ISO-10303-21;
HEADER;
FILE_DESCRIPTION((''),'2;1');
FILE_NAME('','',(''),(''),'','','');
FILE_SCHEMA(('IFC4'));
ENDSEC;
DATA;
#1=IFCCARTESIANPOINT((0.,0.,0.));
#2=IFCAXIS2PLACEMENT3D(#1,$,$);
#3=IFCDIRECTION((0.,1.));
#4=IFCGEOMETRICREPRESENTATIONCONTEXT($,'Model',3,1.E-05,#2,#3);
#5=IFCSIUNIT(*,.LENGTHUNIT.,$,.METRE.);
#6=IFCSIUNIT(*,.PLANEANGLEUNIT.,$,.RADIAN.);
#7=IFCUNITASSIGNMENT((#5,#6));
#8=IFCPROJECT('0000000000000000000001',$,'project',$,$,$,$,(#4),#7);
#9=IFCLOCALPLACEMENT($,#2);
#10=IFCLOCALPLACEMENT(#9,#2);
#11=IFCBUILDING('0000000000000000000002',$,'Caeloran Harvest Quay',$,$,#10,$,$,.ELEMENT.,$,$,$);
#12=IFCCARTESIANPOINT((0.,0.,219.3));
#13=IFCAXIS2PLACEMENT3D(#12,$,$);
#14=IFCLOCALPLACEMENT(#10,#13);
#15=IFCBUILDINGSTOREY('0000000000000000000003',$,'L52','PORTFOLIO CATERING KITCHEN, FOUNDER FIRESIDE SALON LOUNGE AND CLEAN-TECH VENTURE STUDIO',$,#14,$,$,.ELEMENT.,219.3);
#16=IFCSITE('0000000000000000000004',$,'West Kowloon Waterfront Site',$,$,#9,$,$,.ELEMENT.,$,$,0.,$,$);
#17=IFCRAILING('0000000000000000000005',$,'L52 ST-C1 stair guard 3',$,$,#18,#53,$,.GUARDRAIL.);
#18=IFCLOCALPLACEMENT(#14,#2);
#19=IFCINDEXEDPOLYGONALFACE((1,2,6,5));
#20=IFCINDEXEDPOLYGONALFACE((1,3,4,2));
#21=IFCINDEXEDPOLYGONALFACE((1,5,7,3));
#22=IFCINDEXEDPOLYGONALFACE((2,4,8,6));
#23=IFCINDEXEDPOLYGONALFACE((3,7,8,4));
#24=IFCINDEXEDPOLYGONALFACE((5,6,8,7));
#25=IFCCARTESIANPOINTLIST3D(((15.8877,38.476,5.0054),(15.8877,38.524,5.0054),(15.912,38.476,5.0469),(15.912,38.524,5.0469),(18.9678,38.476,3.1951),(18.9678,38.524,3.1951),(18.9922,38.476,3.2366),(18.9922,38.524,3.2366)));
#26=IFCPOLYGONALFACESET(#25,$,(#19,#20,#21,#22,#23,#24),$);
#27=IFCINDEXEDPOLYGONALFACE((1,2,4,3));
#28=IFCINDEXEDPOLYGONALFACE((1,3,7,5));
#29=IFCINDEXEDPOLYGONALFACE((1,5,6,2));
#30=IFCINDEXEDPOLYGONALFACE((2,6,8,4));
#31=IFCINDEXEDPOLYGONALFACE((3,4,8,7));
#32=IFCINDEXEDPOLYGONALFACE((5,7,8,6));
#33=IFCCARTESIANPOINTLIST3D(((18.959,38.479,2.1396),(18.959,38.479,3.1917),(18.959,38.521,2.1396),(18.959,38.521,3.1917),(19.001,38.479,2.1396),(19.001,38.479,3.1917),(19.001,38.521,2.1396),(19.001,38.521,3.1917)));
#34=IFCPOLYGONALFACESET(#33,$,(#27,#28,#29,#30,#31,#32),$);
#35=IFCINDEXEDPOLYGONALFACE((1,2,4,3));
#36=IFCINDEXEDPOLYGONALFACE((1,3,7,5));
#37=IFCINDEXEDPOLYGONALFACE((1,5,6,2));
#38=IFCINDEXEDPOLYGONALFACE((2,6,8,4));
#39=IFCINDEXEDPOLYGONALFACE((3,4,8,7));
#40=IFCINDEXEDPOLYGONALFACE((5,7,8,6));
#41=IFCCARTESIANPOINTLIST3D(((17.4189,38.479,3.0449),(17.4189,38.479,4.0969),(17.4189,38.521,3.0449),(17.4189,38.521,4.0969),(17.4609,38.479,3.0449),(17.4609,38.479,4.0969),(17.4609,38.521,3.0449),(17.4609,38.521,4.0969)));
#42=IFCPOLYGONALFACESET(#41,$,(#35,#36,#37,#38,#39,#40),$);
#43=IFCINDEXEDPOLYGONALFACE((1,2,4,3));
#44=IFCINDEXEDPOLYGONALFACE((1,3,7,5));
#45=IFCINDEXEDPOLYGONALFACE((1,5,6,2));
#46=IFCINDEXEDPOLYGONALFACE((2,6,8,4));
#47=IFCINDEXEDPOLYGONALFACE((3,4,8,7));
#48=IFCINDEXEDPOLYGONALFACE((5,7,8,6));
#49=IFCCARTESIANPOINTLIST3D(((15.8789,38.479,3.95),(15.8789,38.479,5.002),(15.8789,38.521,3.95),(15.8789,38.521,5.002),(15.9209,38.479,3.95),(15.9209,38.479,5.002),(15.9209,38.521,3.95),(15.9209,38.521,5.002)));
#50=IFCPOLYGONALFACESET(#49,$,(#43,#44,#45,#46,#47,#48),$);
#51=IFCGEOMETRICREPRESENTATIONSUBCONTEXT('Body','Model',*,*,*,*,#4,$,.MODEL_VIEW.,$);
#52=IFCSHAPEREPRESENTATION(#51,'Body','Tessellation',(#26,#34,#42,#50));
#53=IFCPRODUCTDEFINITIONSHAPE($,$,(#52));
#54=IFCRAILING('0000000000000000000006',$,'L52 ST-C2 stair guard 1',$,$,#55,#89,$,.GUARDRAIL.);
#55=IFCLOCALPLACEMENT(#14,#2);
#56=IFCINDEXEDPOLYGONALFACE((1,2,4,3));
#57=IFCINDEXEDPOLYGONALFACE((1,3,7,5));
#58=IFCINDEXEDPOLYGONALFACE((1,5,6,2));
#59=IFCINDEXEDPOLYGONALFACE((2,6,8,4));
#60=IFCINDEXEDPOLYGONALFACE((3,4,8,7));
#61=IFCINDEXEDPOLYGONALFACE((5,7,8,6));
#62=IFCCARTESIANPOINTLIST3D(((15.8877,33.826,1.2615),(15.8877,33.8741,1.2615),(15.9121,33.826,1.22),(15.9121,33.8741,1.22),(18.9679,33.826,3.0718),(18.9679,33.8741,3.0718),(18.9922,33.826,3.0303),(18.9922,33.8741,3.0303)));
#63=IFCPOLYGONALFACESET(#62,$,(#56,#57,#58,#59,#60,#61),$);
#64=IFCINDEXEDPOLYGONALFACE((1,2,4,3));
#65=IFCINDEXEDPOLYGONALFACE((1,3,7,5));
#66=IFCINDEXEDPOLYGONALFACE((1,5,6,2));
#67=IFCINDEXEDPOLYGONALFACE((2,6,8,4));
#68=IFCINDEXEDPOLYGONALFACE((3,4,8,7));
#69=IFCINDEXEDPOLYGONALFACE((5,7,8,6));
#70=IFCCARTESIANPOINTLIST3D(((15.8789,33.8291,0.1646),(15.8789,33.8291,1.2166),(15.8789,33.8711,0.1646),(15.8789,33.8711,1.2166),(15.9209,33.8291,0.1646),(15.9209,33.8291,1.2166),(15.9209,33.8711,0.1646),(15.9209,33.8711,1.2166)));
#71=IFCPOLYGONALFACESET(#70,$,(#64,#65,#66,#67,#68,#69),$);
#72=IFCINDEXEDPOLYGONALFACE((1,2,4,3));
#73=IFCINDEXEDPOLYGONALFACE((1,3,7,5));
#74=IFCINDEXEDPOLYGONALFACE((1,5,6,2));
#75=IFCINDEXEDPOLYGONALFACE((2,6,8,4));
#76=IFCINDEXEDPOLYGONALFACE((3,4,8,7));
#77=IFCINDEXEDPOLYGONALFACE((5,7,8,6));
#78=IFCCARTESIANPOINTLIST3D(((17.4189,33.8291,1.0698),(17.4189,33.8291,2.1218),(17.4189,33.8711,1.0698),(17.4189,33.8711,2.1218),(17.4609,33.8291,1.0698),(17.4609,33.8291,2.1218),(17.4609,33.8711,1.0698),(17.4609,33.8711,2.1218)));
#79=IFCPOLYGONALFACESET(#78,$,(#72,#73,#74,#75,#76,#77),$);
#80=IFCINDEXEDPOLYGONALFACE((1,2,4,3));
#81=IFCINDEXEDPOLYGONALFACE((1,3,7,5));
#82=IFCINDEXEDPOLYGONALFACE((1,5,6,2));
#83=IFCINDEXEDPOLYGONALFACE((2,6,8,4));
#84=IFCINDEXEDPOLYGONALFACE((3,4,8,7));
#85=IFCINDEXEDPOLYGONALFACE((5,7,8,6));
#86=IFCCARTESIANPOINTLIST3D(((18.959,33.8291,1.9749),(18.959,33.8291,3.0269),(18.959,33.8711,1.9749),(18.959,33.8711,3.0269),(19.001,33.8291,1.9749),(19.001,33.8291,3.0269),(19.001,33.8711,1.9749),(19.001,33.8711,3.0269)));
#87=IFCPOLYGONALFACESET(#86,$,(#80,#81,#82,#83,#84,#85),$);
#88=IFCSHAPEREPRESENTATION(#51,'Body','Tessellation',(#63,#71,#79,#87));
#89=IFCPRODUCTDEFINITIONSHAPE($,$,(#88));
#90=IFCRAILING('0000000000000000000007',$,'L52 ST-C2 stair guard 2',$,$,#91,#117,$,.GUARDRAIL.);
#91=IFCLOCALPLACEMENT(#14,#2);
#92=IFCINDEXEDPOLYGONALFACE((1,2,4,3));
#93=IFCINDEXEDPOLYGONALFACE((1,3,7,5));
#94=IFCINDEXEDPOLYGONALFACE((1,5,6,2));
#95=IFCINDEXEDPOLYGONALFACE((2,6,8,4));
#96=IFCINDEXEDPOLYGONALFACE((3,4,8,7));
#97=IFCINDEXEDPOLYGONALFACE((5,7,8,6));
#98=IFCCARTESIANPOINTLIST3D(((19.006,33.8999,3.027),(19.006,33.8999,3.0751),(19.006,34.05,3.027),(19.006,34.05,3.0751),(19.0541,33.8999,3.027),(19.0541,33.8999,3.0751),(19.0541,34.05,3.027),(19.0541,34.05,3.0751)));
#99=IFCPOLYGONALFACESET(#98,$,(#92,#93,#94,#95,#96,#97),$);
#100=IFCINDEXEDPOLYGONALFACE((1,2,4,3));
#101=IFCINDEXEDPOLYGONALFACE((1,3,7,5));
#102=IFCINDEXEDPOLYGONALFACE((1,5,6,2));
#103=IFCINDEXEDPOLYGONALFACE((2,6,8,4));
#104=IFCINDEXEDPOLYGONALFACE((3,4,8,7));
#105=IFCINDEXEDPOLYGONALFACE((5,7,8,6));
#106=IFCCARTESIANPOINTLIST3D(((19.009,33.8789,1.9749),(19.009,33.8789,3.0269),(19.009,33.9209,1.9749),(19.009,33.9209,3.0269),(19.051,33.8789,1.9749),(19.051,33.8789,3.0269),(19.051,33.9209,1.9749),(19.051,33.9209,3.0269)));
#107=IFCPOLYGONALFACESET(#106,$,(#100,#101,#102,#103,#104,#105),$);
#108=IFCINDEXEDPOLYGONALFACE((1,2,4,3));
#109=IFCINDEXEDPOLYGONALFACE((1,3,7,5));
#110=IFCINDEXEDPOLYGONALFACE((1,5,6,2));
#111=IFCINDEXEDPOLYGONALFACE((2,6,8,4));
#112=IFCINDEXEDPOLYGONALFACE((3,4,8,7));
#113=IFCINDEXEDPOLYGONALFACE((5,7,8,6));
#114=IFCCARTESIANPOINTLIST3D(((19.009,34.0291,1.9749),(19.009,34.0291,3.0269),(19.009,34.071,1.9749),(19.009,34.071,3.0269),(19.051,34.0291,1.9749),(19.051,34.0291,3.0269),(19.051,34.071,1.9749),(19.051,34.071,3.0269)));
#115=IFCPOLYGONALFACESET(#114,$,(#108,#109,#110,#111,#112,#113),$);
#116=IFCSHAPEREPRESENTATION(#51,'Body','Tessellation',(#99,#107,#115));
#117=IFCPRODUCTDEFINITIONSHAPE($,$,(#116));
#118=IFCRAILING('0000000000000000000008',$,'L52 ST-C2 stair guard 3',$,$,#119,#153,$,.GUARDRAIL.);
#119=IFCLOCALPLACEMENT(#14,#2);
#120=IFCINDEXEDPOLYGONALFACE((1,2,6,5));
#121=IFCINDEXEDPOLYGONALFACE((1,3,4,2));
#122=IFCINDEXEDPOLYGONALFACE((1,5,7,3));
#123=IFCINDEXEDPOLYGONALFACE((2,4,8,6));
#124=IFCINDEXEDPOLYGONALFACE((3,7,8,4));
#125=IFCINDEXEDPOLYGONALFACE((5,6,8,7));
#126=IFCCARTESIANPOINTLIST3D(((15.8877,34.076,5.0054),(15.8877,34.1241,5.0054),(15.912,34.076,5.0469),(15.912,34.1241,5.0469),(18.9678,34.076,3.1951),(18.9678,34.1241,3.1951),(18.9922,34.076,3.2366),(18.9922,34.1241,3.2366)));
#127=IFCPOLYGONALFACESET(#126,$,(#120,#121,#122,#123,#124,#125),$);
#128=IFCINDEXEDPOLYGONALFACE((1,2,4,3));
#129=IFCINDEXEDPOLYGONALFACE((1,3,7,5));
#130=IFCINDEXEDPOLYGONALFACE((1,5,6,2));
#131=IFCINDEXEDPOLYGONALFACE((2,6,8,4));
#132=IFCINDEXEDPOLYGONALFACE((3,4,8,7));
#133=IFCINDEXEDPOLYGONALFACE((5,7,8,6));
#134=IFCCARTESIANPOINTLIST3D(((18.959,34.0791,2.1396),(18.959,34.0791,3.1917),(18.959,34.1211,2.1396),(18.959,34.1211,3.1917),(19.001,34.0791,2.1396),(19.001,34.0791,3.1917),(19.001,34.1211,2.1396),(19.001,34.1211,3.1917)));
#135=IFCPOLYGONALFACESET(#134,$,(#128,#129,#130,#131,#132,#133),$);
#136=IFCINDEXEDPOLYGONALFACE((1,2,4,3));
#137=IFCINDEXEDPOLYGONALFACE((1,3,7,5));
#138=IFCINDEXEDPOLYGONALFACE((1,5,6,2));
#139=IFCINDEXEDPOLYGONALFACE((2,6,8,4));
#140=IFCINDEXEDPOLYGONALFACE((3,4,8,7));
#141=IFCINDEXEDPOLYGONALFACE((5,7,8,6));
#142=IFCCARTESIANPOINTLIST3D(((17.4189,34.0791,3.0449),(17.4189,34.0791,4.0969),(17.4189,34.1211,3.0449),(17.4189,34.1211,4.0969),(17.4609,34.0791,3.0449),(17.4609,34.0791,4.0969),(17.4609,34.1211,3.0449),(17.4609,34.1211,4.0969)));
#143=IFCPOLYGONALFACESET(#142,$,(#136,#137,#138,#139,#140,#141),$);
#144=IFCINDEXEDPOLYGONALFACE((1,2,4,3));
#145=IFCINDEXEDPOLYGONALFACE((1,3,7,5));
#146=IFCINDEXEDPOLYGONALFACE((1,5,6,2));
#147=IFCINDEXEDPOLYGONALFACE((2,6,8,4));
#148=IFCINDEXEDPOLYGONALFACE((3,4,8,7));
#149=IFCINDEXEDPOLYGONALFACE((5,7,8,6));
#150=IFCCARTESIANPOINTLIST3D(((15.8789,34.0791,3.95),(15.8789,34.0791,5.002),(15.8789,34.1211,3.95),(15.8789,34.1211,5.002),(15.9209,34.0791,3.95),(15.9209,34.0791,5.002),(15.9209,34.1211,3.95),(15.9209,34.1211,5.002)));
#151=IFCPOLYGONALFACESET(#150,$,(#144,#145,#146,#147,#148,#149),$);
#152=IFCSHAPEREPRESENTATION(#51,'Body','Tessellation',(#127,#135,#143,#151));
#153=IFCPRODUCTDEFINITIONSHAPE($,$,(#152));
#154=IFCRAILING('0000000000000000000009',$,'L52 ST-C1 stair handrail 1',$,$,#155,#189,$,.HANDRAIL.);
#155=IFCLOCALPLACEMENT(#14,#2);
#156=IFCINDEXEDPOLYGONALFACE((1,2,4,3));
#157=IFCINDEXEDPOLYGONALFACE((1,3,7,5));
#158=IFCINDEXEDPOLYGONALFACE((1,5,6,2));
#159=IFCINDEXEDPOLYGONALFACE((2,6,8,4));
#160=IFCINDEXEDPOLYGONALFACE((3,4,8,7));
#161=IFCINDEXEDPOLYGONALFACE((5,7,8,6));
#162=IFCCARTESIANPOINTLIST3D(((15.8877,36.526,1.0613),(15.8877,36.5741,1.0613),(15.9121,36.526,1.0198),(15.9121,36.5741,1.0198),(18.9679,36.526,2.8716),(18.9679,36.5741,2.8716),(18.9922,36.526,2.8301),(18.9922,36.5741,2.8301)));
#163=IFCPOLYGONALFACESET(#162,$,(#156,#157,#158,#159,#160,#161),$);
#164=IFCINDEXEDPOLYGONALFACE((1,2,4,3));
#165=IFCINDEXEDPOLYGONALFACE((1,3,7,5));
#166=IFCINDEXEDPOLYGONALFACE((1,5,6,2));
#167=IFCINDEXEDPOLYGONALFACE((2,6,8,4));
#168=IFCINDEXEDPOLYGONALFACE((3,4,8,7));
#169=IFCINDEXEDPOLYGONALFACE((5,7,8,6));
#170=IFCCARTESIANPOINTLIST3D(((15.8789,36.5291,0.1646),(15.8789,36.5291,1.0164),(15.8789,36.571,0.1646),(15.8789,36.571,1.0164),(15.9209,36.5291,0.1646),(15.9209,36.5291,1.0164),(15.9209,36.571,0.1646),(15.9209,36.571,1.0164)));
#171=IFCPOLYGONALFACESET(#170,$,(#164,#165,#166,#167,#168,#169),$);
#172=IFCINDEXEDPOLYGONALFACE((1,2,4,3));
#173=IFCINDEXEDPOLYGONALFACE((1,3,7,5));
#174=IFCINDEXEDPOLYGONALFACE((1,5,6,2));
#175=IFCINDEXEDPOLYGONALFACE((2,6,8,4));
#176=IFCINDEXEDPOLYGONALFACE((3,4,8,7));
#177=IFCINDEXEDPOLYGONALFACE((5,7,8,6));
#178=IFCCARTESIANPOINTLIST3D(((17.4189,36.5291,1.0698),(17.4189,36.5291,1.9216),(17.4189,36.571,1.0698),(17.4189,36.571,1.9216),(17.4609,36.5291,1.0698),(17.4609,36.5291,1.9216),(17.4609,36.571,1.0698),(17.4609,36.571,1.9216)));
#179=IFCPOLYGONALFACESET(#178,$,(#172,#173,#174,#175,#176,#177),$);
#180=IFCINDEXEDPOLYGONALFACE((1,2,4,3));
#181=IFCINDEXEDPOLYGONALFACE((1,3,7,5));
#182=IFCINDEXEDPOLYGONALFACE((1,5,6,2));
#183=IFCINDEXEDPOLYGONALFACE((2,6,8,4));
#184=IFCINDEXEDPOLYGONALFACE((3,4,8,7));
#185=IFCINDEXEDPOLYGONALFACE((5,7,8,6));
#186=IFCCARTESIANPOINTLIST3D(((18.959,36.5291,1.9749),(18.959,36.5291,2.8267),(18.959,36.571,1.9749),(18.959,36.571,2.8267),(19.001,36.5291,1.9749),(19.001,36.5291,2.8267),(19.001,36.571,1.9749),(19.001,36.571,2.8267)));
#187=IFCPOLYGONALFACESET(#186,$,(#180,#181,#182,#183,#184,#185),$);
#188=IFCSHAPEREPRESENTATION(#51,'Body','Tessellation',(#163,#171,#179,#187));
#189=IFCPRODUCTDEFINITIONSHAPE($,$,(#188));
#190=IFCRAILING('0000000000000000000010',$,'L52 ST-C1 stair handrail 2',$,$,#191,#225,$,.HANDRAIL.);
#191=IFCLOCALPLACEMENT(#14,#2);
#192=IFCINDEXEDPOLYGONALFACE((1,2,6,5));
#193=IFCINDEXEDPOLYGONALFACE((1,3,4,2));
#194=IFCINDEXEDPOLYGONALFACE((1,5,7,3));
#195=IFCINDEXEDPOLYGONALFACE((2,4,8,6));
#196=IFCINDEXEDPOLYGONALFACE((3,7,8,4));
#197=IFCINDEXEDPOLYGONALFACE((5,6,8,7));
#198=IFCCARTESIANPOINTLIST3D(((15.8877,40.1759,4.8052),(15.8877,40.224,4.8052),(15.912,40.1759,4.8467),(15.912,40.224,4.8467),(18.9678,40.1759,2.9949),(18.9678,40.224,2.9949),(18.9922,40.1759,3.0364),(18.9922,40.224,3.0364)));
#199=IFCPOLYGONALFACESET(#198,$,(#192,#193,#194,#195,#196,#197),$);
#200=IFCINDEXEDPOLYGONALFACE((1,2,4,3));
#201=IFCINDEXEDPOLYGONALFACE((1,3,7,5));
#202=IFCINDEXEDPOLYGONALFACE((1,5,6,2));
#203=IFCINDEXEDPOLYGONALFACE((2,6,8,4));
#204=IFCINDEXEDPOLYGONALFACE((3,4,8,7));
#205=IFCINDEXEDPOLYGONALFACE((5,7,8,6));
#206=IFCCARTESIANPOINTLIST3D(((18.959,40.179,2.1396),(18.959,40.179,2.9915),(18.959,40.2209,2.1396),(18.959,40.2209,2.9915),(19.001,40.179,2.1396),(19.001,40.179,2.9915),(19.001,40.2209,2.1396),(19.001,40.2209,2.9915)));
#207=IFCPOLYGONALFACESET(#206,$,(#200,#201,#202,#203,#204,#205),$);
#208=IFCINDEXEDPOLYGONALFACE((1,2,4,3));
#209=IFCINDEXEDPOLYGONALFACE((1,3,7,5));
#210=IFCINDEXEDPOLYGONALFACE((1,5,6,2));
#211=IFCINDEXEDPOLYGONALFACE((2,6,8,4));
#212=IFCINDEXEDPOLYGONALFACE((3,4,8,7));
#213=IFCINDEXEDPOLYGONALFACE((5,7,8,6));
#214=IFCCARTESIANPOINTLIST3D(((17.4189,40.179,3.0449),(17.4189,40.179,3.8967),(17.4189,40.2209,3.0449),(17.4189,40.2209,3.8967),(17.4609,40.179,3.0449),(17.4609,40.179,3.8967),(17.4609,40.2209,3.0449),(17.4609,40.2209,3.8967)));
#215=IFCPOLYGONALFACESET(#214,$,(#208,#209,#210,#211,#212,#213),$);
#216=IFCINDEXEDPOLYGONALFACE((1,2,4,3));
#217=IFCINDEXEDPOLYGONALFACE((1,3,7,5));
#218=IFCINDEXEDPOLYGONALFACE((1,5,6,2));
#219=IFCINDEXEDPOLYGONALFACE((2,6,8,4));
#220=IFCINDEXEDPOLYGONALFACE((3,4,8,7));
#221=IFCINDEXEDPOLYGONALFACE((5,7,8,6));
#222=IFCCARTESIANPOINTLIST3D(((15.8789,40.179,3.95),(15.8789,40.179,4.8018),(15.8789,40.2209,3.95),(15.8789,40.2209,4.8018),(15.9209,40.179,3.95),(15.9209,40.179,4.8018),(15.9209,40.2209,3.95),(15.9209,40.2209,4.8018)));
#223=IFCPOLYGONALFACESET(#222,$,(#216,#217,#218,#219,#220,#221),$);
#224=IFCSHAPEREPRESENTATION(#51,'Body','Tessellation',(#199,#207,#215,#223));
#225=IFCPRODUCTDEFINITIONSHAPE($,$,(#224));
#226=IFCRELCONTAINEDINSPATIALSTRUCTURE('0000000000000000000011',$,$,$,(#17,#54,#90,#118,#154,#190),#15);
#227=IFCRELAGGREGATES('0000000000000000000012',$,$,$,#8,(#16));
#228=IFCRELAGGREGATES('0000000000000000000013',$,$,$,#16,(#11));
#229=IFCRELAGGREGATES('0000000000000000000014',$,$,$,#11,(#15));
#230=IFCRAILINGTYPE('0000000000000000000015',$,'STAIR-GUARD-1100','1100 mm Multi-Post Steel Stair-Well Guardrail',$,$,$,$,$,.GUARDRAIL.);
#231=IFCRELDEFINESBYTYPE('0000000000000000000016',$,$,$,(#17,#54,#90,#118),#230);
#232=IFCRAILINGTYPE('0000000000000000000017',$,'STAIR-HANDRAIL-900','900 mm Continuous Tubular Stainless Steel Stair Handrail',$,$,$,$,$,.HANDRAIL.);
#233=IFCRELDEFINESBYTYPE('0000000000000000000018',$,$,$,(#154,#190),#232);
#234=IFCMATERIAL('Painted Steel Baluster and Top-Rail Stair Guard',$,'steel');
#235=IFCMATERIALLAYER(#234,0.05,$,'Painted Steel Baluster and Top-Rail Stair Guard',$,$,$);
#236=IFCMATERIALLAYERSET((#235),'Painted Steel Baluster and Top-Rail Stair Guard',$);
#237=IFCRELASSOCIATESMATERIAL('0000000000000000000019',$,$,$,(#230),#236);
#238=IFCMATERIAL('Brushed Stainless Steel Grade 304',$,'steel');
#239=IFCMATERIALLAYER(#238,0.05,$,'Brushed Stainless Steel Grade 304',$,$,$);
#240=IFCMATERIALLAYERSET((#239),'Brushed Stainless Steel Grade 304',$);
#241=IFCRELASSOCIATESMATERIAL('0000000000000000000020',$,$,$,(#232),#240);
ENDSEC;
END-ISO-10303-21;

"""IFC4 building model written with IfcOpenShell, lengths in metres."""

from ifc_helpers import new_model, si_unit, direction, frame, origin, origin_2d, place, context, subcontext, project, spatial, rectangle, extrude, material, layer, layer_set, type_object, element, save


model = new_model("IFC4")

# Units and contexts
model_context = context("Model", 3, precision=1e-05, world=origin(), true_north=direction((0.0, 1.0)))
body_context = subcontext(model_context, "Body", "Model", "MODEL_VIEW")
ifc_project = project(units=[si_unit("LENGTHUNIT", "METRE"), si_unit("PLANEANGLEUNIT", "RADIAN")], contexts=[model_context])

# Site, building, storey
site_placement = place(None, origin())
site = spatial("IfcSite", under=ifc_project, at=site_placement, Name="West Kowloon Waterfront Site", CompositionType="ELEMENT", RefElevation=0.0)
building_placement = place(site_placement, origin())
building = spatial("IfcBuilding", under=site, at=building_placement, Name="Caeloran Harvest Quay", CompositionType="ELEMENT")
storey_placement = place(building_placement, frame((0.0, 0.0, 219.3)))
storey = spatial("IfcBuildingStorey", under=building, at=storey_placement, Name="L52", Description="PORTFOLIO CATERING KITCHEN, FOUNDER FIRESIDE SALON LOUNGE AND CLEAN-TECH VENTURE STUDIO", CompositionType="ELEMENT", Elevation=219.3)

# Railings
ifc_material_1 = material(Name="Painted Steel Baluster and Top-Rail Stair Guard", Category="steel")
ifc_layer_1 = layer(ifc_material_1, 0.05, Name="Painted Steel Baluster and Top-Rail Stair Guard")
ifc_layer_set_1 = layer_set([ifc_layer_1], Name="Painted Steel Baluster and Top-Rail Stair Guard")
railing_type_1 = type_object("IfcRailingType", Name="STAIR-GUARD-1100", Description="1100 mm Multi-Post Steel Stair-Well Guardrail", PredefinedType="GUARDRAIL", material=ifc_layer_set_1)
railing_1_placement = place(storey_placement, frame((18.98, 38.5, 2.1396)))
element("IfcRailing", 1, at=railing_1_placement, inside=storey, type_object=railing_type_1, Name="L52 ST-C1 stair guard 3", PredefinedType="GUARDRAIL", context=body_context, shape_type="SweptSolid", body=[
    extrude(rectangle(XDim=0.0481, YDim=0.0481, at=origin_2d()), frame((0.0, 0.0, 1.0762), z_axis=(-0.862119, 0.0, 0.506707), x_axis=(0.0, -1.0, 0.0)), (0.0, 0.0, 1.0), 3.5728),
    extrude(rectangle(XDim=0.042, YDim=0.042, at=origin_2d()), origin(), (0.0, 0.0, 1.0), 1.052),
    extrude(rectangle(XDim=0.042, YDim=0.042, at=origin_2d()), frame((-1.54, 0.0, 0.9053)), (0.0, 0.0, 1.0), 1.052),
    extrude(rectangle(XDim=0.042, YDim=0.042, at=origin_2d()), frame((-3.0801, 0.0, 1.8103)), (0.0, 0.0, 1.0), 1.052),
])
railing_2_placement = place(storey_placement, frame((15.8999, 33.8501, 0.1646)))
element("IfcRailing", 2, at=railing_2_placement, inside=storey, type_object=railing_type_1, Name="L52 ST-C2 stair guard 1", PredefinedType="GUARDRAIL", context=body_context, shape_type="SweptSolid", body=[
    extrude(rectangle(XDim=0.0481, YDim=0.0481, at=origin_2d()), frame((0.0, 0.0, 1.0762), z_axis=(0.862119, 0.0, 0.506707), x_axis=(0.0, 1.0, 0.0)), (0.0, 0.0, 1.0), 3.5728),
    extrude(rectangle(XDim=0.042, YDim=0.042, at=origin_2d()), origin(), (0.0, 0.0, 1.0), 1.052),
    extrude(rectangle(XDim=0.042, YDim=0.042, at=origin_2d()), frame((1.54, 0.0, 0.9053)), (0.0, 0.0, 1.0), 1.052),
    extrude(rectangle(XDim=0.042, YDim=0.042, at=origin_2d()), frame((3.0801, 0.0, 1.8103)), (0.0, 0.0, 1.0), 1.052),
])
railing_3_placement = place(storey_placement, frame((19.03, 33.8999, 1.9749)))
element("IfcRailing", 3, at=railing_3_placement, inside=storey, type_object=railing_type_1, Name="L52 ST-C2 stair guard 2", PredefinedType="GUARDRAIL", context=body_context, shape_type="SweptSolid", body=[
    extrude(rectangle(XDim=0.0481, YDim=0.0481, at=origin_2d()), frame((0.0, 0.0, 1.0762), z_axis=(0.0, 1.0, 0.0), x_axis=(-1.0, 0.0, 0.0)), (0.0, 0.0, 1.0), 0.1501),
    extrude(rectangle(XDim=0.042, YDim=0.042, at=origin_2d()), origin(), (0.0, 0.0, 1.0), 1.052),
    extrude(rectangle(XDim=0.042, YDim=0.042, at=origin_2d()), frame((0.0, 0.1501, 0.0)), (0.0, 0.0, 1.0), 1.052),
])
railing_4_placement = place(storey_placement, frame((18.98, 34.1001, 2.1396)))
element("IfcRailing", 4, at=railing_4_placement, inside=storey, type_object=railing_type_1, Name="L52 ST-C2 stair guard 3", PredefinedType="GUARDRAIL", context=body_context, shape_type="SweptSolid", body=[
    extrude(rectangle(XDim=0.0481, YDim=0.0481, at=origin_2d()), frame((0.0, 0.0, 1.0762), z_axis=(-0.862119, 0.0, 0.506707), x_axis=(0.0, -1.0, 0.0)), (0.0, 0.0, 1.0), 3.5728),
    extrude(rectangle(XDim=0.042, YDim=0.042, at=origin_2d()), origin(), (0.0, 0.0, 1.0), 1.052),
    extrude(rectangle(XDim=0.042, YDim=0.042, at=origin_2d()), frame((-1.54, 0.0, 0.9053)), (0.0, 0.0, 1.0), 1.052),
    extrude(rectangle(XDim=0.042, YDim=0.042, at=origin_2d()), frame((-3.0801, 0.0, 1.8103)), (0.0, 0.0, 1.0), 1.052),
])
ifc_material_2 = material(Name="Brushed Stainless Steel Grade 304", Category="steel")
ifc_layer_2 = layer(ifc_material_2, 0.05, Name="Brushed Stainless Steel Grade 304")
ifc_layer_set_2 = layer_set([ifc_layer_2], Name="Brushed Stainless Steel Grade 304")
railing_type_2 = type_object("IfcRailingType", Name="STAIR-HANDRAIL-900", Description="900 mm Continuous Tubular Stainless Steel Stair Handrail", PredefinedType="HANDRAIL", material=ifc_layer_set_2)
railing_5_placement = place(storey_placement, frame((15.8999, 36.55, 0.1646)))
element("IfcRailing", 5, at=railing_5_placement, inside=storey, type_object=railing_type_2, Name="L52 ST-C1 stair handrail 1", PredefinedType="HANDRAIL", context=body_context, shape_type="SweptSolid", body=[
    extrude(rectangle(XDim=0.0481, YDim=0.0481, at=origin_2d()), frame((0.0, 0.0, 0.876), z_axis=(0.862119, 0.0, 0.506707), x_axis=(0.0, 1.0, 0.0)), (0.0, 0.0, 1.0), 3.5728),
    extrude(rectangle(XDim=0.042, YDim=0.042, at=origin_2d()), origin(), (0.0, 0.0, 1.0), 0.8518),
    extrude(rectangle(XDim=0.042, YDim=0.042, at=origin_2d()), frame((1.54, 0.0, 0.9053)), (0.0, 0.0, 1.0), 0.8518),
    extrude(rectangle(XDim=0.042, YDim=0.042, at=origin_2d()), frame((3.0801, 0.0, 1.8103)), (0.0, 0.0, 1.0), 0.8518),
])
railing_6_placement = place(storey_placement, frame((18.98, 40.2, 2.1396)))
element("IfcRailing", 6, at=railing_6_placement, inside=storey, type_object=railing_type_2, Name="L52 ST-C1 stair handrail 2", PredefinedType="HANDRAIL", context=body_context, shape_type="SweptSolid", body=[
    extrude(rectangle(XDim=0.0481, YDim=0.0481, at=origin_2d()), frame((0.0, 0.0, 0.876), z_axis=(-0.862119, 0.0, 0.506707), x_axis=(0.0, -1.0, 0.0)), (0.0, 0.0, 1.0), 3.5728),
    extrude(rectangle(XDim=0.042, YDim=0.042, at=origin_2d()), origin(), (0.0, 0.0, 1.0), 0.8518),
    extrude(rectangle(XDim=0.042, YDim=0.042, at=origin_2d()), frame((-1.54, 0.0, 0.9053)), (0.0, 0.0, 1.0), 0.8518),
    extrude(rectangle(XDim=0.042, YDim=0.042, at=origin_2d()), frame((-3.0801, 0.0, 1.8103)), (0.0, 0.0, 1.0), 0.8518),
])

save(model, "model.ifc")
